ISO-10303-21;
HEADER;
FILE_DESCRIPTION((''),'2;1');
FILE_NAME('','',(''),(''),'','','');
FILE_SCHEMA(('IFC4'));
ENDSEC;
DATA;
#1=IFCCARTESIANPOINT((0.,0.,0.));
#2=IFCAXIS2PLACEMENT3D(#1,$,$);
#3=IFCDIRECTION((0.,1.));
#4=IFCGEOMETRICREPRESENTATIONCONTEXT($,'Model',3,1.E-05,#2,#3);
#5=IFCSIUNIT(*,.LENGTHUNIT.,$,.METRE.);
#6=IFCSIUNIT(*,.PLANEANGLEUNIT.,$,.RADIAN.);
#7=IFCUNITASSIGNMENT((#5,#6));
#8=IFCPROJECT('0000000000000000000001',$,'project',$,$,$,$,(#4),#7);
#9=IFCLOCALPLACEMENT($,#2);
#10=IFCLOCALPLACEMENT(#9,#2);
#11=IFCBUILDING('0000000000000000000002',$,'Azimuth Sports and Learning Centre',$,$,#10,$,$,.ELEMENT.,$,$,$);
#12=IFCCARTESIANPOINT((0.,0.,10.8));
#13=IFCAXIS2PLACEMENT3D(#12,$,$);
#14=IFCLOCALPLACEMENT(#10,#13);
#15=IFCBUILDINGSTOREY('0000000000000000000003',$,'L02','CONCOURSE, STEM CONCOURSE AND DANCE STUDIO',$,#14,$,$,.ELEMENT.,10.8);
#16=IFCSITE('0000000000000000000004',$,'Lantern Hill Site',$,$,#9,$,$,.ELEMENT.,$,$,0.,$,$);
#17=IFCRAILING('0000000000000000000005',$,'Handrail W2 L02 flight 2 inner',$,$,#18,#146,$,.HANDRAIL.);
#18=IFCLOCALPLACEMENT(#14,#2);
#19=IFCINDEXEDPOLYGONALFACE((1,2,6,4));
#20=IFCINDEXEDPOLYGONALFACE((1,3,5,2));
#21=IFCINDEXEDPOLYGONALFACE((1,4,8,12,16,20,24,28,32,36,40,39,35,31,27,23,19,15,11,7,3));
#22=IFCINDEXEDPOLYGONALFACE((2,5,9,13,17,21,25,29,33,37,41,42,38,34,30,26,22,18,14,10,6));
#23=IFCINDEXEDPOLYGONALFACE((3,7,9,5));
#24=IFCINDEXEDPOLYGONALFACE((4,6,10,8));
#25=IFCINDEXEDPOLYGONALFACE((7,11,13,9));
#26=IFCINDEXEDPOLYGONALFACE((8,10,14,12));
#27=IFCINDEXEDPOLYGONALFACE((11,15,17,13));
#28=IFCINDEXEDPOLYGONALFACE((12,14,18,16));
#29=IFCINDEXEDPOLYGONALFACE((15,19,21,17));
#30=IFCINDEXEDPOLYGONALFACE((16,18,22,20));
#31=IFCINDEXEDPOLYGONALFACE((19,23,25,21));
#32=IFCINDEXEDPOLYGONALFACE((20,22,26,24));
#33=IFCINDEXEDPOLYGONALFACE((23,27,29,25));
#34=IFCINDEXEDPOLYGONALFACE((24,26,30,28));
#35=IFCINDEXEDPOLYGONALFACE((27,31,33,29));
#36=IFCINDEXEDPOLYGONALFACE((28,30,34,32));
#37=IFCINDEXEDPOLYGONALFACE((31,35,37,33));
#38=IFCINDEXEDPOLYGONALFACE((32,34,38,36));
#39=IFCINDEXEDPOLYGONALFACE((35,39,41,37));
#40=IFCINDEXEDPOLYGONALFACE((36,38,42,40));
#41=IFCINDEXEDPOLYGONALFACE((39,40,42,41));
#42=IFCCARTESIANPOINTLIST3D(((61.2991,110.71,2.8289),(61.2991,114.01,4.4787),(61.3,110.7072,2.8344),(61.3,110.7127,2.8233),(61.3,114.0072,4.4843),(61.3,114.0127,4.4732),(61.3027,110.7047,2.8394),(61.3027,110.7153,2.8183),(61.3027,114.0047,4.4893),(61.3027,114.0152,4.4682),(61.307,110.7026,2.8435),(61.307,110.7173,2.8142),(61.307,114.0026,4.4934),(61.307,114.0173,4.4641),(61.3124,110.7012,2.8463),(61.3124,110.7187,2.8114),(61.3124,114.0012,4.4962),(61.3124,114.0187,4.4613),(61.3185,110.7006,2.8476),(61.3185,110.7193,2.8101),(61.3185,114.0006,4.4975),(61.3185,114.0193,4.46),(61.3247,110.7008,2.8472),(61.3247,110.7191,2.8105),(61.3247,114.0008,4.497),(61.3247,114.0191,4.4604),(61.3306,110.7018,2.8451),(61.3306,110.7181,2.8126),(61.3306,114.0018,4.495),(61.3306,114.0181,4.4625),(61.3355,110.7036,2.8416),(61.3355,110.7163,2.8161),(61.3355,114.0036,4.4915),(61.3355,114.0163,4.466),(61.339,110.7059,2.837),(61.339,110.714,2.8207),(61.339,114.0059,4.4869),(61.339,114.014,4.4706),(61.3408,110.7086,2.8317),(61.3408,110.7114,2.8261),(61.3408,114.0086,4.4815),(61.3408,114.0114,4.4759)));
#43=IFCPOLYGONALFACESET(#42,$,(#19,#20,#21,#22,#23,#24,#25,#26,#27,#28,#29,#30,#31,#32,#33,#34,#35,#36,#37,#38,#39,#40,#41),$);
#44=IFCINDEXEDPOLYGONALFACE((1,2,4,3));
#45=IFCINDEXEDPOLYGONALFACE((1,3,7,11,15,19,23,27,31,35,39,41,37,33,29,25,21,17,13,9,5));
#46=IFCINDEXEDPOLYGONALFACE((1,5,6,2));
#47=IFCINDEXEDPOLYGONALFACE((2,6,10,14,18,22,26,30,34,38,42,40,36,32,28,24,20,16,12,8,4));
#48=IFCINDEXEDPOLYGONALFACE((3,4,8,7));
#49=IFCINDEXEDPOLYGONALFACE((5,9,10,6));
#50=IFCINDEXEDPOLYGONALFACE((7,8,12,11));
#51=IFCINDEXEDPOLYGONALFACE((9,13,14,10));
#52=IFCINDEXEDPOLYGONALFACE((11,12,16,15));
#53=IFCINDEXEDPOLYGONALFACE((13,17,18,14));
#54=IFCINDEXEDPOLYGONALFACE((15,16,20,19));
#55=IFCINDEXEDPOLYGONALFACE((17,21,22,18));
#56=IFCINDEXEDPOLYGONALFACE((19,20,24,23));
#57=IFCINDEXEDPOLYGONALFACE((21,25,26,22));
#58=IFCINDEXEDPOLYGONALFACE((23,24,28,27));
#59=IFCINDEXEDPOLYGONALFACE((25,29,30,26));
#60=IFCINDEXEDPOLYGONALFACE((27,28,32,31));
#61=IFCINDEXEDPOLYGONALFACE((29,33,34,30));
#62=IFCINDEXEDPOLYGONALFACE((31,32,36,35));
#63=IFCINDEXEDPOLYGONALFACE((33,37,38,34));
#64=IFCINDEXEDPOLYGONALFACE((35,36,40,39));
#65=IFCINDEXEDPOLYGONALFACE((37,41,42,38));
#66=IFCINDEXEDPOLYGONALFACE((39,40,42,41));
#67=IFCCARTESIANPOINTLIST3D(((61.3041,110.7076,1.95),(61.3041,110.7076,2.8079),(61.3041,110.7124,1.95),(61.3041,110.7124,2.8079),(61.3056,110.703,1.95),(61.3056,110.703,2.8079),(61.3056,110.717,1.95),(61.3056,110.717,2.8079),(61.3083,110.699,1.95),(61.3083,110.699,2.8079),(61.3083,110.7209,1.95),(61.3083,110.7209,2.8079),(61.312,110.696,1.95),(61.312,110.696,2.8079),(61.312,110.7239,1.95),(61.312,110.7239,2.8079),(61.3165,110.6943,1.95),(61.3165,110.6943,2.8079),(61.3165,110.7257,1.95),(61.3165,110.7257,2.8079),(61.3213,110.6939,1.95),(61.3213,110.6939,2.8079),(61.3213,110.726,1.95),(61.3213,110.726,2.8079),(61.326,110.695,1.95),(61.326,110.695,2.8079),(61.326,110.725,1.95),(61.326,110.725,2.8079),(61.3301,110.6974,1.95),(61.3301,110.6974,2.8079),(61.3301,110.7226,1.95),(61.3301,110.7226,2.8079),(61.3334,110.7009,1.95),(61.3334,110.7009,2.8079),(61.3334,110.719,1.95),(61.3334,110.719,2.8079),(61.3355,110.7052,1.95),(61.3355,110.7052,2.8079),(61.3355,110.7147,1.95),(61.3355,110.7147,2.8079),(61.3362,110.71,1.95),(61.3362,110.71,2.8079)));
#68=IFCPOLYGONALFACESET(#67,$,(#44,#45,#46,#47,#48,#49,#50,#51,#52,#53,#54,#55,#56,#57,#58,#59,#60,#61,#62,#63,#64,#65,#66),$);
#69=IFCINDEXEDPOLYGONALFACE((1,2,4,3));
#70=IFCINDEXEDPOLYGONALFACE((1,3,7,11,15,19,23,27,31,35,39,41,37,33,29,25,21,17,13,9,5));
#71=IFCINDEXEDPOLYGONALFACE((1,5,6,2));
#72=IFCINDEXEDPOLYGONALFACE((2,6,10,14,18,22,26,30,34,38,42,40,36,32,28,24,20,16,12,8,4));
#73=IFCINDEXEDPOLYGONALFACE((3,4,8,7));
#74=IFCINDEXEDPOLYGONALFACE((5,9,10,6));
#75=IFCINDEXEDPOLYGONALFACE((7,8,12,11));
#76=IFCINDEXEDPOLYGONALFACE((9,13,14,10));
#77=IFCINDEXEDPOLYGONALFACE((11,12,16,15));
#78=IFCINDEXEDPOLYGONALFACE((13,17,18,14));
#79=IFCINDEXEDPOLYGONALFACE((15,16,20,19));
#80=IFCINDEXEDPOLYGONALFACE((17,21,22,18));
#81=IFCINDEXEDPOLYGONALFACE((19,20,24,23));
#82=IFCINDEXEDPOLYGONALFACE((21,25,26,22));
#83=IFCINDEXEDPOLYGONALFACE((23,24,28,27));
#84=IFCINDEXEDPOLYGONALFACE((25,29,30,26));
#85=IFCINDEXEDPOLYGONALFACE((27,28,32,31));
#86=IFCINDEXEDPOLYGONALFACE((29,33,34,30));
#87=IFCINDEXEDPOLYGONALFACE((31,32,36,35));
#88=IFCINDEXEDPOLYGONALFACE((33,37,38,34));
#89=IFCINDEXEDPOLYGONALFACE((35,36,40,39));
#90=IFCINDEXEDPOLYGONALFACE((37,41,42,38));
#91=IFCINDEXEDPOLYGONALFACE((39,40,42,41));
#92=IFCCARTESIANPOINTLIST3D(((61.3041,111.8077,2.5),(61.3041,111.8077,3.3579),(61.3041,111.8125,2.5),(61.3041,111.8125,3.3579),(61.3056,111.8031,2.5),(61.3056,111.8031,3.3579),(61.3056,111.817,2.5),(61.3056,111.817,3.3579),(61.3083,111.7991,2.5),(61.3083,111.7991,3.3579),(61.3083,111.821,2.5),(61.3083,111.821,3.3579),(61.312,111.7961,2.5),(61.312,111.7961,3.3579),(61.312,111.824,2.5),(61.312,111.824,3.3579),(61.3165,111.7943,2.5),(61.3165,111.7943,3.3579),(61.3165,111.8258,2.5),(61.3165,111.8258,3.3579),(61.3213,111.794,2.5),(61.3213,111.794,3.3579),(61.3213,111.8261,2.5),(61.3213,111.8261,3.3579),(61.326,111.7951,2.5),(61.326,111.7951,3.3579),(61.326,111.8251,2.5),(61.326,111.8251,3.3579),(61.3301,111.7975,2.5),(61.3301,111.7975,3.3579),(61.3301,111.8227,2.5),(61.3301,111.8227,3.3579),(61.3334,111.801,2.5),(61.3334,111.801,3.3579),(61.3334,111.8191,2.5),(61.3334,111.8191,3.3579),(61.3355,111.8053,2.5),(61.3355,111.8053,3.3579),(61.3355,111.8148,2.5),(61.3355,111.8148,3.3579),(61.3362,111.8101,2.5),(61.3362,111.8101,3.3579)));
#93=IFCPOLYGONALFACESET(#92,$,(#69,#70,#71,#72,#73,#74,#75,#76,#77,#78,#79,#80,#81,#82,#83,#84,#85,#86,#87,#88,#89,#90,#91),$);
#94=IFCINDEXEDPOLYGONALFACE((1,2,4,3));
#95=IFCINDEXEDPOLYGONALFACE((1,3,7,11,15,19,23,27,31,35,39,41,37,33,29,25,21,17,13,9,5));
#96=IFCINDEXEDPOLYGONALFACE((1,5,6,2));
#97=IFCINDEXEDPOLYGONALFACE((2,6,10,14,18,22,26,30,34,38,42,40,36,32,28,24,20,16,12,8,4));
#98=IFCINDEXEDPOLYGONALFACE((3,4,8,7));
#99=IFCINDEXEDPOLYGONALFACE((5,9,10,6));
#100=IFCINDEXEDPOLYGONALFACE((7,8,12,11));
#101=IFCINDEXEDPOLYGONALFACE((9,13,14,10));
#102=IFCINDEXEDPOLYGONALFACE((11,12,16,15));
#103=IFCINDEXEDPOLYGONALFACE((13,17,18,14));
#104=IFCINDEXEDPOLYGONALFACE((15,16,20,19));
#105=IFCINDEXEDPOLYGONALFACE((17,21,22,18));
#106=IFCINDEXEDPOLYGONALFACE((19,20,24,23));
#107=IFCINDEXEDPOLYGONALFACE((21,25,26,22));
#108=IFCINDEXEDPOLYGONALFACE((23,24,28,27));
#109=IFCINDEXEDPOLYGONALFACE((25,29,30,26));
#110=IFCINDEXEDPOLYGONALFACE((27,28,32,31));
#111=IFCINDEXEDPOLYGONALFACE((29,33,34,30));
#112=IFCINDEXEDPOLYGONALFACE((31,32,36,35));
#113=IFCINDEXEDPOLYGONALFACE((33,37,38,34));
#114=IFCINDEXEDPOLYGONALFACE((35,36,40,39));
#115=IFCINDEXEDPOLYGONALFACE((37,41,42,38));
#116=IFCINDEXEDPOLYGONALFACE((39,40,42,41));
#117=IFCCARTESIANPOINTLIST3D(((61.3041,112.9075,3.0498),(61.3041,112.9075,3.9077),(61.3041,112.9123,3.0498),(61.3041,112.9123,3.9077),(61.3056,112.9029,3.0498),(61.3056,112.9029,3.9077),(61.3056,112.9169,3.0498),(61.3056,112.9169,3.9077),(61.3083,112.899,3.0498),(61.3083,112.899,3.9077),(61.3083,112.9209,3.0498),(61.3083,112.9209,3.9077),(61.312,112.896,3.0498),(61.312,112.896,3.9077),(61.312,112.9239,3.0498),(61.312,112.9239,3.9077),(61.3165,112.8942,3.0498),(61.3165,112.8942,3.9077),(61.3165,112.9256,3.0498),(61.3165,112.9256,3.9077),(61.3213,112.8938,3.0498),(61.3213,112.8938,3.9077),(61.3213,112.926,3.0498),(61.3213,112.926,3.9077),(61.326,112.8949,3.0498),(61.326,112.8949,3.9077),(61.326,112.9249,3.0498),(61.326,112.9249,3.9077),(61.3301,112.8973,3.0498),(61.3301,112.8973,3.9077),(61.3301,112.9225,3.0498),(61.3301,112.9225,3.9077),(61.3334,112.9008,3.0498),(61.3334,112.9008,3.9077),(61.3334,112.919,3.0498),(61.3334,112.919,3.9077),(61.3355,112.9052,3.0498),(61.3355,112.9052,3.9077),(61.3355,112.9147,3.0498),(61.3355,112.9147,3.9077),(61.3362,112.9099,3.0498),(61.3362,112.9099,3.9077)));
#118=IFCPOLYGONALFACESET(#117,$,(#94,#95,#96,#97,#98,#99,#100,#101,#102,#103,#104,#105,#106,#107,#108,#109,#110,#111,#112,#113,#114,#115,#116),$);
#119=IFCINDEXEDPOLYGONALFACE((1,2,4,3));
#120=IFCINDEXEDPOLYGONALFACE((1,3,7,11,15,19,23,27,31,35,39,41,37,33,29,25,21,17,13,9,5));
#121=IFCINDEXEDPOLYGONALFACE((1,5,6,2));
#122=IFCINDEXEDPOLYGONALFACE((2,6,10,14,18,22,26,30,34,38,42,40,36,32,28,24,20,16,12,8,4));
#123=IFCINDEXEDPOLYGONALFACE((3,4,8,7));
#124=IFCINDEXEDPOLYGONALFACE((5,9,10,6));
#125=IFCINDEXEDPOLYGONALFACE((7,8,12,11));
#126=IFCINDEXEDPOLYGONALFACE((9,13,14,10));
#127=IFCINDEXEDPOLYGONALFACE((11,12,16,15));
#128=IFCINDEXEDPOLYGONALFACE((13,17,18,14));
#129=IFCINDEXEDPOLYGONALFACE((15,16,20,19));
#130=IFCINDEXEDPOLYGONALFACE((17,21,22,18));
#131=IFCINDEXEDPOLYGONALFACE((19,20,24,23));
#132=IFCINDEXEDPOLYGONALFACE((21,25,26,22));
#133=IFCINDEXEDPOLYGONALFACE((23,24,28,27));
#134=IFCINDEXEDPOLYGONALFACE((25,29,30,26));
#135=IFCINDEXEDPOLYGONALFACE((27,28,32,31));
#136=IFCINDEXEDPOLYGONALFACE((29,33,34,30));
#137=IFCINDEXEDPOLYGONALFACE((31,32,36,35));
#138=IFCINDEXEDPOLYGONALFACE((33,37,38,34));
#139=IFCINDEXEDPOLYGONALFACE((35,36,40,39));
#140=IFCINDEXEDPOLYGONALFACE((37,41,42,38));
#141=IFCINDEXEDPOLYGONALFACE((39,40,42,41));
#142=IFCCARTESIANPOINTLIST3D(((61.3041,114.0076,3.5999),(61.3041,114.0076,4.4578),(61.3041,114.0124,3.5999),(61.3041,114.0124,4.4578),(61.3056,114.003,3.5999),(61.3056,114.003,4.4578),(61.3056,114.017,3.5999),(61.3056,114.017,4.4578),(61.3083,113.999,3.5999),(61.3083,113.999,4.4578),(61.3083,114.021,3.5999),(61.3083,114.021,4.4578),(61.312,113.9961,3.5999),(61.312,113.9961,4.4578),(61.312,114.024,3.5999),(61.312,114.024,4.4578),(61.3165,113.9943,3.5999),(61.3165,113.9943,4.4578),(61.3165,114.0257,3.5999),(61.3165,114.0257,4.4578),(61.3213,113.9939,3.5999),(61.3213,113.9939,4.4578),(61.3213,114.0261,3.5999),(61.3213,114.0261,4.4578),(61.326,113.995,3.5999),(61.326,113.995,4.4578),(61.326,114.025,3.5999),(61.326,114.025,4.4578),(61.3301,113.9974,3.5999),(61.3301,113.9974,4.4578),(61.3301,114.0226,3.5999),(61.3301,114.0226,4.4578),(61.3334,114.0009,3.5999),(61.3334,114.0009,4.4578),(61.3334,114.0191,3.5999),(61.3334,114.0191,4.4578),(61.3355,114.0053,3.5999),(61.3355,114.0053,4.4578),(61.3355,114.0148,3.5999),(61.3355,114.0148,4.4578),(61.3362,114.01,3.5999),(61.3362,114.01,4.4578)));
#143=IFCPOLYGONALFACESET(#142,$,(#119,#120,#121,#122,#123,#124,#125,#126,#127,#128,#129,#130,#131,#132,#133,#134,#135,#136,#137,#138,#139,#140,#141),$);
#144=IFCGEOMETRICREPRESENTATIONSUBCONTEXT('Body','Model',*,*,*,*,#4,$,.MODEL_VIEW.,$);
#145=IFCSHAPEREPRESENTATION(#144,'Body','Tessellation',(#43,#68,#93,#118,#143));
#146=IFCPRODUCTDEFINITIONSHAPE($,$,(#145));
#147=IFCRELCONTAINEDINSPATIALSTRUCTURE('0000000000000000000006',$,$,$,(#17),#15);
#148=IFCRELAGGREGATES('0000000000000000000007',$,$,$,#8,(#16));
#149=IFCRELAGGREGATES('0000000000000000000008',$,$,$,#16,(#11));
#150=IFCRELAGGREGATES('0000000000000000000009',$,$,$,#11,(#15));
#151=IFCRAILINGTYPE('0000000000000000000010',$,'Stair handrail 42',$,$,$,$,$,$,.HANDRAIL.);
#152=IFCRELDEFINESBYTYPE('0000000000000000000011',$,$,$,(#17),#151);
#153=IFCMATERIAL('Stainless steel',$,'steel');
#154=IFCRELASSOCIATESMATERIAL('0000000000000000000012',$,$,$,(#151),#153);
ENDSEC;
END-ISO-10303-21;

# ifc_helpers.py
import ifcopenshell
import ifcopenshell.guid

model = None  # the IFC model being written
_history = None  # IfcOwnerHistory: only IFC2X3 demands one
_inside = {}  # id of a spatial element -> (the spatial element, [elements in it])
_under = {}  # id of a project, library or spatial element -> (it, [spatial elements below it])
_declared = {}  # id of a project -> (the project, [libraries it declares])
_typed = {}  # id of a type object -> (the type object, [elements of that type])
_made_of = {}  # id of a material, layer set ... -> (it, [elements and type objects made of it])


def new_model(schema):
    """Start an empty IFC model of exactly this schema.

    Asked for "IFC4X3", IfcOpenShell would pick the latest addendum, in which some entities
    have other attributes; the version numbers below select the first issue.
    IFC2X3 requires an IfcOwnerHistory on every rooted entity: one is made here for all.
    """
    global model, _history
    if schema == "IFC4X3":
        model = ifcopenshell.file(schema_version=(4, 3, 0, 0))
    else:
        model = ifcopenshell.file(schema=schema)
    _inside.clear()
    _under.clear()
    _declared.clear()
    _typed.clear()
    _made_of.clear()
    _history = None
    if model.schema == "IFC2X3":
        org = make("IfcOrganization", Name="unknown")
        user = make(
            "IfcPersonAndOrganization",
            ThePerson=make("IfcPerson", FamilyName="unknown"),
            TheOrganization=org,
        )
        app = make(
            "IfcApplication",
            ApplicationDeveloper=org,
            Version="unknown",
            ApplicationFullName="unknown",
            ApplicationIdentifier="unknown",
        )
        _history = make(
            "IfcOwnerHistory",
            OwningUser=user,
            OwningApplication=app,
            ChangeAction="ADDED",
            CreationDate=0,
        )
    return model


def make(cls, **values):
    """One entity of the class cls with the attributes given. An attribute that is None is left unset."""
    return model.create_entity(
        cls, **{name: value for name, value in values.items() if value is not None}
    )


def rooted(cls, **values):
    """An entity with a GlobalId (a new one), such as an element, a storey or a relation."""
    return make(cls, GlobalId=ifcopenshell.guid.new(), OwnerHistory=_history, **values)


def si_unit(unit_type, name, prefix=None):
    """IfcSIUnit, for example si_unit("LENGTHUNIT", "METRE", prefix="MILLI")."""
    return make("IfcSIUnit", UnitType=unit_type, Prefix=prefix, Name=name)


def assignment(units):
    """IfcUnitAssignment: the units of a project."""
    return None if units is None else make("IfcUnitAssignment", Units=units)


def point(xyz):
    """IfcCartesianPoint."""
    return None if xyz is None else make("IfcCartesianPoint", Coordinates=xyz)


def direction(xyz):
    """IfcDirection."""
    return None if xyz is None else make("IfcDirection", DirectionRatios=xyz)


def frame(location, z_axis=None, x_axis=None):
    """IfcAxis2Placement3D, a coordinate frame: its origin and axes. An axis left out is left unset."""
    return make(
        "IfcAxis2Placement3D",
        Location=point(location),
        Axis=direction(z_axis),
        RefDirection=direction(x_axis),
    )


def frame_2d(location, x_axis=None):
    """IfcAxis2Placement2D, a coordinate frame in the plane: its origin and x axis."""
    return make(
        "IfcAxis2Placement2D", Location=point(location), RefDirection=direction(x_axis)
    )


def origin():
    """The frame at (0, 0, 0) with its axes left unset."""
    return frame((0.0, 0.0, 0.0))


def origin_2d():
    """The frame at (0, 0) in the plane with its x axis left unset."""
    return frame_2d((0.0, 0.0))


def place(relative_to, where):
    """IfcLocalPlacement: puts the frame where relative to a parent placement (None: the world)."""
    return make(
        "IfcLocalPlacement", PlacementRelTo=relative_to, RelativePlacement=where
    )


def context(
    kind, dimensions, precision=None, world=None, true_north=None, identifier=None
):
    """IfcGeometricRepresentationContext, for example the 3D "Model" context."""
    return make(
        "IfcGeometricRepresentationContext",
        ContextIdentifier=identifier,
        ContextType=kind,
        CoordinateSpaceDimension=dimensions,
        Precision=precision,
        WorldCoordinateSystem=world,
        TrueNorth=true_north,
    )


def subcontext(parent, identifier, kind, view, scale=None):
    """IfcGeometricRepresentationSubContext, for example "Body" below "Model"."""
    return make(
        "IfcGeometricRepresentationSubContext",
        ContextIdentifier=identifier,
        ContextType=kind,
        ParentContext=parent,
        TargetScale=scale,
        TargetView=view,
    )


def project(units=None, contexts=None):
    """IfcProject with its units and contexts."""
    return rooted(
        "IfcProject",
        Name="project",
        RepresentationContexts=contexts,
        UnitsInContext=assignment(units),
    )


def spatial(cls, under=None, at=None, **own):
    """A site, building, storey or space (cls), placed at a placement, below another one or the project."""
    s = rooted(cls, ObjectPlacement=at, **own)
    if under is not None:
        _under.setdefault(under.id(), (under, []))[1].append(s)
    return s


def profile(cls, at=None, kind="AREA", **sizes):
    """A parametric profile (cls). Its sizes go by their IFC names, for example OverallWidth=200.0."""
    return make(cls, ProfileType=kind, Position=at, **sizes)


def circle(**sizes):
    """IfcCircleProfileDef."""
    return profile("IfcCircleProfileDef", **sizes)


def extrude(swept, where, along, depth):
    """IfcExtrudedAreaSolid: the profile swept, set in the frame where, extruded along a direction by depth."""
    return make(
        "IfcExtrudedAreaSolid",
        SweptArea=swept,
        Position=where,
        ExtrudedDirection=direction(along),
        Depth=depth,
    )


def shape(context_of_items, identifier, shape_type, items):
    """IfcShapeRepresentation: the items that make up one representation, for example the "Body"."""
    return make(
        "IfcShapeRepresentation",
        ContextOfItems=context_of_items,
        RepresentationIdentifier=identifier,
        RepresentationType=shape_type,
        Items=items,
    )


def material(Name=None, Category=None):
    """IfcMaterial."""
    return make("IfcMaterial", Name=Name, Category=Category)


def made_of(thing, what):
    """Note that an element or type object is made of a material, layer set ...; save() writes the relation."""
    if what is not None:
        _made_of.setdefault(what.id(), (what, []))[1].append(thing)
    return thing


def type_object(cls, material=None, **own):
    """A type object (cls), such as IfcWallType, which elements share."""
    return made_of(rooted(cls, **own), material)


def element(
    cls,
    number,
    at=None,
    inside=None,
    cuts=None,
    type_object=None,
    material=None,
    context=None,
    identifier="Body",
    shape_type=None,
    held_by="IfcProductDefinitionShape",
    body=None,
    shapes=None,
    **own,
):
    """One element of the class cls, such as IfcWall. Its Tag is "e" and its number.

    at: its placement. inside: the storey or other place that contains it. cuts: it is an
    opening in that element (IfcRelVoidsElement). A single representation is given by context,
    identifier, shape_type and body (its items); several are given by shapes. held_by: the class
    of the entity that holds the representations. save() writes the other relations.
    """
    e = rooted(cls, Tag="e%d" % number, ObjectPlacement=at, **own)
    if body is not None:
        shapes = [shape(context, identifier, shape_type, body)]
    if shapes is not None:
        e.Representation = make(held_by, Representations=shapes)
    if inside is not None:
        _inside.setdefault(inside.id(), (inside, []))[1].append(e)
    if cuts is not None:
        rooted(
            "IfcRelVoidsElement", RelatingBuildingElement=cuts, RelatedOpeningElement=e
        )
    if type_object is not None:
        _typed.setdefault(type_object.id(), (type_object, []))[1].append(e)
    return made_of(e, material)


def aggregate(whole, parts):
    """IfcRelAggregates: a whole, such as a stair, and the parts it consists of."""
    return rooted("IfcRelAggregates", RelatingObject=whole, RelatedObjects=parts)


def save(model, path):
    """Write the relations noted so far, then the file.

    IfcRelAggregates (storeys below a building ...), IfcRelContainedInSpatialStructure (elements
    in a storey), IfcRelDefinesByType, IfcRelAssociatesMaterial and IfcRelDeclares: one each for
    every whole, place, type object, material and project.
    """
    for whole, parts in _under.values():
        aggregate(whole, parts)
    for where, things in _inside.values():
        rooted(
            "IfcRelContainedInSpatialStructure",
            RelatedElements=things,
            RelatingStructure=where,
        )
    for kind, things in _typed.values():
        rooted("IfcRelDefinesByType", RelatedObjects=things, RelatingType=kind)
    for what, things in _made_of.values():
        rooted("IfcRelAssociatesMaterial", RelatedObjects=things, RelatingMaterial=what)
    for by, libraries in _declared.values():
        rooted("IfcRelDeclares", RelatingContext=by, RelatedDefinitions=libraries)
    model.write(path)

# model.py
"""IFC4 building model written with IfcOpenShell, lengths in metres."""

from ifc_helpers import new_model, si_unit, direction, frame, origin, origin_2d, place, context, subcontext, project, spatial, circle, extrude, material, type_object, element, save


model = new_model("IFC4")

# Units and contexts
model_context = context("Model", 3, precision=1e-05, world=origin(), true_north=direction((0.0, 1.0)))
body_context = subcontext(model_context, "Body", "Model", "MODEL_VIEW")
ifc_project = project(units=[si_unit("LENGTHUNIT", "METRE"), si_unit("PLANEANGLEUNIT", "RADIAN")], contexts=[model_context])

# Site, building, storey
site_placement = place(None, origin())
site = spatial("IfcSite", under=ifc_project, at=site_placement, Name="Lantern Hill Site", CompositionType="ELEMENT", RefElevation=0.0)
building_placement = place(site_placement, origin())
building = spatial("IfcBuilding", under=site, at=building_placement, Name="Azimuth Sports and Learning Centre", CompositionType="ELEMENT")
storey_placement = place(building_placement, frame((0.0, 0.0, 10.8)))
storey = spatial("IfcBuildingStorey", under=building, at=storey_placement, Name="L02", Description="CONCOURSE, STEM CONCOURSE AND DANCE STUDIO", CompositionType="ELEMENT", Elevation=10.8)

# Railing
ifc_material_1 = material(Name="Stainless steel", Category="steel")
railing_type_1 = type_object("IfcRailingType", Name="Stair handrail 42", PredefinedType="HANDRAIL", material=ifc_material_1)
for number, where, name in (
    (1, (61.3201, 110.71, 1.95), "Handrail W2 L02 flight 2 inner"),
):
    element("IfcRailing", number, at=place(storey_placement, frame(where)), inside=storey, type_object=railing_type_1, Name=name, PredefinedType="HANDRAIL", context=body_context, shape_type="SweptSolid", body=[
        extrude(circle(Radius=0.021, at=origin_2d()), frame((0.0, 0.0, 0.8789), z_axis=(0.0, 0.89444, 0.447187), x_axis=(-1.0, 0.0, 0.0)), (0.0, 0.0, 1.0), 3.6895),
        extrude(circle(Radius=0.0161, at=origin_2d()), origin(), (0.0, 0.0, 1.0), 0.8579),
        extrude(circle(Radius=0.0161, at=origin_2d()), frame((0.0, 1.1001, 0.55)), (0.0, 0.0, 1.0), 0.8579),
        extrude(circle(Radius=0.0161, at=origin_2d()), frame((0.0, 2.2, 1.0999)), (0.0, 0.0, 1.0), 0.8579),
        extrude(circle(Radius=0.0161, at=origin_2d()), frame((0.0, 3.3, 1.6499)), (0.0, 0.0, 1.0), 0.8579),
    ])

save(model, "model.ifc")
